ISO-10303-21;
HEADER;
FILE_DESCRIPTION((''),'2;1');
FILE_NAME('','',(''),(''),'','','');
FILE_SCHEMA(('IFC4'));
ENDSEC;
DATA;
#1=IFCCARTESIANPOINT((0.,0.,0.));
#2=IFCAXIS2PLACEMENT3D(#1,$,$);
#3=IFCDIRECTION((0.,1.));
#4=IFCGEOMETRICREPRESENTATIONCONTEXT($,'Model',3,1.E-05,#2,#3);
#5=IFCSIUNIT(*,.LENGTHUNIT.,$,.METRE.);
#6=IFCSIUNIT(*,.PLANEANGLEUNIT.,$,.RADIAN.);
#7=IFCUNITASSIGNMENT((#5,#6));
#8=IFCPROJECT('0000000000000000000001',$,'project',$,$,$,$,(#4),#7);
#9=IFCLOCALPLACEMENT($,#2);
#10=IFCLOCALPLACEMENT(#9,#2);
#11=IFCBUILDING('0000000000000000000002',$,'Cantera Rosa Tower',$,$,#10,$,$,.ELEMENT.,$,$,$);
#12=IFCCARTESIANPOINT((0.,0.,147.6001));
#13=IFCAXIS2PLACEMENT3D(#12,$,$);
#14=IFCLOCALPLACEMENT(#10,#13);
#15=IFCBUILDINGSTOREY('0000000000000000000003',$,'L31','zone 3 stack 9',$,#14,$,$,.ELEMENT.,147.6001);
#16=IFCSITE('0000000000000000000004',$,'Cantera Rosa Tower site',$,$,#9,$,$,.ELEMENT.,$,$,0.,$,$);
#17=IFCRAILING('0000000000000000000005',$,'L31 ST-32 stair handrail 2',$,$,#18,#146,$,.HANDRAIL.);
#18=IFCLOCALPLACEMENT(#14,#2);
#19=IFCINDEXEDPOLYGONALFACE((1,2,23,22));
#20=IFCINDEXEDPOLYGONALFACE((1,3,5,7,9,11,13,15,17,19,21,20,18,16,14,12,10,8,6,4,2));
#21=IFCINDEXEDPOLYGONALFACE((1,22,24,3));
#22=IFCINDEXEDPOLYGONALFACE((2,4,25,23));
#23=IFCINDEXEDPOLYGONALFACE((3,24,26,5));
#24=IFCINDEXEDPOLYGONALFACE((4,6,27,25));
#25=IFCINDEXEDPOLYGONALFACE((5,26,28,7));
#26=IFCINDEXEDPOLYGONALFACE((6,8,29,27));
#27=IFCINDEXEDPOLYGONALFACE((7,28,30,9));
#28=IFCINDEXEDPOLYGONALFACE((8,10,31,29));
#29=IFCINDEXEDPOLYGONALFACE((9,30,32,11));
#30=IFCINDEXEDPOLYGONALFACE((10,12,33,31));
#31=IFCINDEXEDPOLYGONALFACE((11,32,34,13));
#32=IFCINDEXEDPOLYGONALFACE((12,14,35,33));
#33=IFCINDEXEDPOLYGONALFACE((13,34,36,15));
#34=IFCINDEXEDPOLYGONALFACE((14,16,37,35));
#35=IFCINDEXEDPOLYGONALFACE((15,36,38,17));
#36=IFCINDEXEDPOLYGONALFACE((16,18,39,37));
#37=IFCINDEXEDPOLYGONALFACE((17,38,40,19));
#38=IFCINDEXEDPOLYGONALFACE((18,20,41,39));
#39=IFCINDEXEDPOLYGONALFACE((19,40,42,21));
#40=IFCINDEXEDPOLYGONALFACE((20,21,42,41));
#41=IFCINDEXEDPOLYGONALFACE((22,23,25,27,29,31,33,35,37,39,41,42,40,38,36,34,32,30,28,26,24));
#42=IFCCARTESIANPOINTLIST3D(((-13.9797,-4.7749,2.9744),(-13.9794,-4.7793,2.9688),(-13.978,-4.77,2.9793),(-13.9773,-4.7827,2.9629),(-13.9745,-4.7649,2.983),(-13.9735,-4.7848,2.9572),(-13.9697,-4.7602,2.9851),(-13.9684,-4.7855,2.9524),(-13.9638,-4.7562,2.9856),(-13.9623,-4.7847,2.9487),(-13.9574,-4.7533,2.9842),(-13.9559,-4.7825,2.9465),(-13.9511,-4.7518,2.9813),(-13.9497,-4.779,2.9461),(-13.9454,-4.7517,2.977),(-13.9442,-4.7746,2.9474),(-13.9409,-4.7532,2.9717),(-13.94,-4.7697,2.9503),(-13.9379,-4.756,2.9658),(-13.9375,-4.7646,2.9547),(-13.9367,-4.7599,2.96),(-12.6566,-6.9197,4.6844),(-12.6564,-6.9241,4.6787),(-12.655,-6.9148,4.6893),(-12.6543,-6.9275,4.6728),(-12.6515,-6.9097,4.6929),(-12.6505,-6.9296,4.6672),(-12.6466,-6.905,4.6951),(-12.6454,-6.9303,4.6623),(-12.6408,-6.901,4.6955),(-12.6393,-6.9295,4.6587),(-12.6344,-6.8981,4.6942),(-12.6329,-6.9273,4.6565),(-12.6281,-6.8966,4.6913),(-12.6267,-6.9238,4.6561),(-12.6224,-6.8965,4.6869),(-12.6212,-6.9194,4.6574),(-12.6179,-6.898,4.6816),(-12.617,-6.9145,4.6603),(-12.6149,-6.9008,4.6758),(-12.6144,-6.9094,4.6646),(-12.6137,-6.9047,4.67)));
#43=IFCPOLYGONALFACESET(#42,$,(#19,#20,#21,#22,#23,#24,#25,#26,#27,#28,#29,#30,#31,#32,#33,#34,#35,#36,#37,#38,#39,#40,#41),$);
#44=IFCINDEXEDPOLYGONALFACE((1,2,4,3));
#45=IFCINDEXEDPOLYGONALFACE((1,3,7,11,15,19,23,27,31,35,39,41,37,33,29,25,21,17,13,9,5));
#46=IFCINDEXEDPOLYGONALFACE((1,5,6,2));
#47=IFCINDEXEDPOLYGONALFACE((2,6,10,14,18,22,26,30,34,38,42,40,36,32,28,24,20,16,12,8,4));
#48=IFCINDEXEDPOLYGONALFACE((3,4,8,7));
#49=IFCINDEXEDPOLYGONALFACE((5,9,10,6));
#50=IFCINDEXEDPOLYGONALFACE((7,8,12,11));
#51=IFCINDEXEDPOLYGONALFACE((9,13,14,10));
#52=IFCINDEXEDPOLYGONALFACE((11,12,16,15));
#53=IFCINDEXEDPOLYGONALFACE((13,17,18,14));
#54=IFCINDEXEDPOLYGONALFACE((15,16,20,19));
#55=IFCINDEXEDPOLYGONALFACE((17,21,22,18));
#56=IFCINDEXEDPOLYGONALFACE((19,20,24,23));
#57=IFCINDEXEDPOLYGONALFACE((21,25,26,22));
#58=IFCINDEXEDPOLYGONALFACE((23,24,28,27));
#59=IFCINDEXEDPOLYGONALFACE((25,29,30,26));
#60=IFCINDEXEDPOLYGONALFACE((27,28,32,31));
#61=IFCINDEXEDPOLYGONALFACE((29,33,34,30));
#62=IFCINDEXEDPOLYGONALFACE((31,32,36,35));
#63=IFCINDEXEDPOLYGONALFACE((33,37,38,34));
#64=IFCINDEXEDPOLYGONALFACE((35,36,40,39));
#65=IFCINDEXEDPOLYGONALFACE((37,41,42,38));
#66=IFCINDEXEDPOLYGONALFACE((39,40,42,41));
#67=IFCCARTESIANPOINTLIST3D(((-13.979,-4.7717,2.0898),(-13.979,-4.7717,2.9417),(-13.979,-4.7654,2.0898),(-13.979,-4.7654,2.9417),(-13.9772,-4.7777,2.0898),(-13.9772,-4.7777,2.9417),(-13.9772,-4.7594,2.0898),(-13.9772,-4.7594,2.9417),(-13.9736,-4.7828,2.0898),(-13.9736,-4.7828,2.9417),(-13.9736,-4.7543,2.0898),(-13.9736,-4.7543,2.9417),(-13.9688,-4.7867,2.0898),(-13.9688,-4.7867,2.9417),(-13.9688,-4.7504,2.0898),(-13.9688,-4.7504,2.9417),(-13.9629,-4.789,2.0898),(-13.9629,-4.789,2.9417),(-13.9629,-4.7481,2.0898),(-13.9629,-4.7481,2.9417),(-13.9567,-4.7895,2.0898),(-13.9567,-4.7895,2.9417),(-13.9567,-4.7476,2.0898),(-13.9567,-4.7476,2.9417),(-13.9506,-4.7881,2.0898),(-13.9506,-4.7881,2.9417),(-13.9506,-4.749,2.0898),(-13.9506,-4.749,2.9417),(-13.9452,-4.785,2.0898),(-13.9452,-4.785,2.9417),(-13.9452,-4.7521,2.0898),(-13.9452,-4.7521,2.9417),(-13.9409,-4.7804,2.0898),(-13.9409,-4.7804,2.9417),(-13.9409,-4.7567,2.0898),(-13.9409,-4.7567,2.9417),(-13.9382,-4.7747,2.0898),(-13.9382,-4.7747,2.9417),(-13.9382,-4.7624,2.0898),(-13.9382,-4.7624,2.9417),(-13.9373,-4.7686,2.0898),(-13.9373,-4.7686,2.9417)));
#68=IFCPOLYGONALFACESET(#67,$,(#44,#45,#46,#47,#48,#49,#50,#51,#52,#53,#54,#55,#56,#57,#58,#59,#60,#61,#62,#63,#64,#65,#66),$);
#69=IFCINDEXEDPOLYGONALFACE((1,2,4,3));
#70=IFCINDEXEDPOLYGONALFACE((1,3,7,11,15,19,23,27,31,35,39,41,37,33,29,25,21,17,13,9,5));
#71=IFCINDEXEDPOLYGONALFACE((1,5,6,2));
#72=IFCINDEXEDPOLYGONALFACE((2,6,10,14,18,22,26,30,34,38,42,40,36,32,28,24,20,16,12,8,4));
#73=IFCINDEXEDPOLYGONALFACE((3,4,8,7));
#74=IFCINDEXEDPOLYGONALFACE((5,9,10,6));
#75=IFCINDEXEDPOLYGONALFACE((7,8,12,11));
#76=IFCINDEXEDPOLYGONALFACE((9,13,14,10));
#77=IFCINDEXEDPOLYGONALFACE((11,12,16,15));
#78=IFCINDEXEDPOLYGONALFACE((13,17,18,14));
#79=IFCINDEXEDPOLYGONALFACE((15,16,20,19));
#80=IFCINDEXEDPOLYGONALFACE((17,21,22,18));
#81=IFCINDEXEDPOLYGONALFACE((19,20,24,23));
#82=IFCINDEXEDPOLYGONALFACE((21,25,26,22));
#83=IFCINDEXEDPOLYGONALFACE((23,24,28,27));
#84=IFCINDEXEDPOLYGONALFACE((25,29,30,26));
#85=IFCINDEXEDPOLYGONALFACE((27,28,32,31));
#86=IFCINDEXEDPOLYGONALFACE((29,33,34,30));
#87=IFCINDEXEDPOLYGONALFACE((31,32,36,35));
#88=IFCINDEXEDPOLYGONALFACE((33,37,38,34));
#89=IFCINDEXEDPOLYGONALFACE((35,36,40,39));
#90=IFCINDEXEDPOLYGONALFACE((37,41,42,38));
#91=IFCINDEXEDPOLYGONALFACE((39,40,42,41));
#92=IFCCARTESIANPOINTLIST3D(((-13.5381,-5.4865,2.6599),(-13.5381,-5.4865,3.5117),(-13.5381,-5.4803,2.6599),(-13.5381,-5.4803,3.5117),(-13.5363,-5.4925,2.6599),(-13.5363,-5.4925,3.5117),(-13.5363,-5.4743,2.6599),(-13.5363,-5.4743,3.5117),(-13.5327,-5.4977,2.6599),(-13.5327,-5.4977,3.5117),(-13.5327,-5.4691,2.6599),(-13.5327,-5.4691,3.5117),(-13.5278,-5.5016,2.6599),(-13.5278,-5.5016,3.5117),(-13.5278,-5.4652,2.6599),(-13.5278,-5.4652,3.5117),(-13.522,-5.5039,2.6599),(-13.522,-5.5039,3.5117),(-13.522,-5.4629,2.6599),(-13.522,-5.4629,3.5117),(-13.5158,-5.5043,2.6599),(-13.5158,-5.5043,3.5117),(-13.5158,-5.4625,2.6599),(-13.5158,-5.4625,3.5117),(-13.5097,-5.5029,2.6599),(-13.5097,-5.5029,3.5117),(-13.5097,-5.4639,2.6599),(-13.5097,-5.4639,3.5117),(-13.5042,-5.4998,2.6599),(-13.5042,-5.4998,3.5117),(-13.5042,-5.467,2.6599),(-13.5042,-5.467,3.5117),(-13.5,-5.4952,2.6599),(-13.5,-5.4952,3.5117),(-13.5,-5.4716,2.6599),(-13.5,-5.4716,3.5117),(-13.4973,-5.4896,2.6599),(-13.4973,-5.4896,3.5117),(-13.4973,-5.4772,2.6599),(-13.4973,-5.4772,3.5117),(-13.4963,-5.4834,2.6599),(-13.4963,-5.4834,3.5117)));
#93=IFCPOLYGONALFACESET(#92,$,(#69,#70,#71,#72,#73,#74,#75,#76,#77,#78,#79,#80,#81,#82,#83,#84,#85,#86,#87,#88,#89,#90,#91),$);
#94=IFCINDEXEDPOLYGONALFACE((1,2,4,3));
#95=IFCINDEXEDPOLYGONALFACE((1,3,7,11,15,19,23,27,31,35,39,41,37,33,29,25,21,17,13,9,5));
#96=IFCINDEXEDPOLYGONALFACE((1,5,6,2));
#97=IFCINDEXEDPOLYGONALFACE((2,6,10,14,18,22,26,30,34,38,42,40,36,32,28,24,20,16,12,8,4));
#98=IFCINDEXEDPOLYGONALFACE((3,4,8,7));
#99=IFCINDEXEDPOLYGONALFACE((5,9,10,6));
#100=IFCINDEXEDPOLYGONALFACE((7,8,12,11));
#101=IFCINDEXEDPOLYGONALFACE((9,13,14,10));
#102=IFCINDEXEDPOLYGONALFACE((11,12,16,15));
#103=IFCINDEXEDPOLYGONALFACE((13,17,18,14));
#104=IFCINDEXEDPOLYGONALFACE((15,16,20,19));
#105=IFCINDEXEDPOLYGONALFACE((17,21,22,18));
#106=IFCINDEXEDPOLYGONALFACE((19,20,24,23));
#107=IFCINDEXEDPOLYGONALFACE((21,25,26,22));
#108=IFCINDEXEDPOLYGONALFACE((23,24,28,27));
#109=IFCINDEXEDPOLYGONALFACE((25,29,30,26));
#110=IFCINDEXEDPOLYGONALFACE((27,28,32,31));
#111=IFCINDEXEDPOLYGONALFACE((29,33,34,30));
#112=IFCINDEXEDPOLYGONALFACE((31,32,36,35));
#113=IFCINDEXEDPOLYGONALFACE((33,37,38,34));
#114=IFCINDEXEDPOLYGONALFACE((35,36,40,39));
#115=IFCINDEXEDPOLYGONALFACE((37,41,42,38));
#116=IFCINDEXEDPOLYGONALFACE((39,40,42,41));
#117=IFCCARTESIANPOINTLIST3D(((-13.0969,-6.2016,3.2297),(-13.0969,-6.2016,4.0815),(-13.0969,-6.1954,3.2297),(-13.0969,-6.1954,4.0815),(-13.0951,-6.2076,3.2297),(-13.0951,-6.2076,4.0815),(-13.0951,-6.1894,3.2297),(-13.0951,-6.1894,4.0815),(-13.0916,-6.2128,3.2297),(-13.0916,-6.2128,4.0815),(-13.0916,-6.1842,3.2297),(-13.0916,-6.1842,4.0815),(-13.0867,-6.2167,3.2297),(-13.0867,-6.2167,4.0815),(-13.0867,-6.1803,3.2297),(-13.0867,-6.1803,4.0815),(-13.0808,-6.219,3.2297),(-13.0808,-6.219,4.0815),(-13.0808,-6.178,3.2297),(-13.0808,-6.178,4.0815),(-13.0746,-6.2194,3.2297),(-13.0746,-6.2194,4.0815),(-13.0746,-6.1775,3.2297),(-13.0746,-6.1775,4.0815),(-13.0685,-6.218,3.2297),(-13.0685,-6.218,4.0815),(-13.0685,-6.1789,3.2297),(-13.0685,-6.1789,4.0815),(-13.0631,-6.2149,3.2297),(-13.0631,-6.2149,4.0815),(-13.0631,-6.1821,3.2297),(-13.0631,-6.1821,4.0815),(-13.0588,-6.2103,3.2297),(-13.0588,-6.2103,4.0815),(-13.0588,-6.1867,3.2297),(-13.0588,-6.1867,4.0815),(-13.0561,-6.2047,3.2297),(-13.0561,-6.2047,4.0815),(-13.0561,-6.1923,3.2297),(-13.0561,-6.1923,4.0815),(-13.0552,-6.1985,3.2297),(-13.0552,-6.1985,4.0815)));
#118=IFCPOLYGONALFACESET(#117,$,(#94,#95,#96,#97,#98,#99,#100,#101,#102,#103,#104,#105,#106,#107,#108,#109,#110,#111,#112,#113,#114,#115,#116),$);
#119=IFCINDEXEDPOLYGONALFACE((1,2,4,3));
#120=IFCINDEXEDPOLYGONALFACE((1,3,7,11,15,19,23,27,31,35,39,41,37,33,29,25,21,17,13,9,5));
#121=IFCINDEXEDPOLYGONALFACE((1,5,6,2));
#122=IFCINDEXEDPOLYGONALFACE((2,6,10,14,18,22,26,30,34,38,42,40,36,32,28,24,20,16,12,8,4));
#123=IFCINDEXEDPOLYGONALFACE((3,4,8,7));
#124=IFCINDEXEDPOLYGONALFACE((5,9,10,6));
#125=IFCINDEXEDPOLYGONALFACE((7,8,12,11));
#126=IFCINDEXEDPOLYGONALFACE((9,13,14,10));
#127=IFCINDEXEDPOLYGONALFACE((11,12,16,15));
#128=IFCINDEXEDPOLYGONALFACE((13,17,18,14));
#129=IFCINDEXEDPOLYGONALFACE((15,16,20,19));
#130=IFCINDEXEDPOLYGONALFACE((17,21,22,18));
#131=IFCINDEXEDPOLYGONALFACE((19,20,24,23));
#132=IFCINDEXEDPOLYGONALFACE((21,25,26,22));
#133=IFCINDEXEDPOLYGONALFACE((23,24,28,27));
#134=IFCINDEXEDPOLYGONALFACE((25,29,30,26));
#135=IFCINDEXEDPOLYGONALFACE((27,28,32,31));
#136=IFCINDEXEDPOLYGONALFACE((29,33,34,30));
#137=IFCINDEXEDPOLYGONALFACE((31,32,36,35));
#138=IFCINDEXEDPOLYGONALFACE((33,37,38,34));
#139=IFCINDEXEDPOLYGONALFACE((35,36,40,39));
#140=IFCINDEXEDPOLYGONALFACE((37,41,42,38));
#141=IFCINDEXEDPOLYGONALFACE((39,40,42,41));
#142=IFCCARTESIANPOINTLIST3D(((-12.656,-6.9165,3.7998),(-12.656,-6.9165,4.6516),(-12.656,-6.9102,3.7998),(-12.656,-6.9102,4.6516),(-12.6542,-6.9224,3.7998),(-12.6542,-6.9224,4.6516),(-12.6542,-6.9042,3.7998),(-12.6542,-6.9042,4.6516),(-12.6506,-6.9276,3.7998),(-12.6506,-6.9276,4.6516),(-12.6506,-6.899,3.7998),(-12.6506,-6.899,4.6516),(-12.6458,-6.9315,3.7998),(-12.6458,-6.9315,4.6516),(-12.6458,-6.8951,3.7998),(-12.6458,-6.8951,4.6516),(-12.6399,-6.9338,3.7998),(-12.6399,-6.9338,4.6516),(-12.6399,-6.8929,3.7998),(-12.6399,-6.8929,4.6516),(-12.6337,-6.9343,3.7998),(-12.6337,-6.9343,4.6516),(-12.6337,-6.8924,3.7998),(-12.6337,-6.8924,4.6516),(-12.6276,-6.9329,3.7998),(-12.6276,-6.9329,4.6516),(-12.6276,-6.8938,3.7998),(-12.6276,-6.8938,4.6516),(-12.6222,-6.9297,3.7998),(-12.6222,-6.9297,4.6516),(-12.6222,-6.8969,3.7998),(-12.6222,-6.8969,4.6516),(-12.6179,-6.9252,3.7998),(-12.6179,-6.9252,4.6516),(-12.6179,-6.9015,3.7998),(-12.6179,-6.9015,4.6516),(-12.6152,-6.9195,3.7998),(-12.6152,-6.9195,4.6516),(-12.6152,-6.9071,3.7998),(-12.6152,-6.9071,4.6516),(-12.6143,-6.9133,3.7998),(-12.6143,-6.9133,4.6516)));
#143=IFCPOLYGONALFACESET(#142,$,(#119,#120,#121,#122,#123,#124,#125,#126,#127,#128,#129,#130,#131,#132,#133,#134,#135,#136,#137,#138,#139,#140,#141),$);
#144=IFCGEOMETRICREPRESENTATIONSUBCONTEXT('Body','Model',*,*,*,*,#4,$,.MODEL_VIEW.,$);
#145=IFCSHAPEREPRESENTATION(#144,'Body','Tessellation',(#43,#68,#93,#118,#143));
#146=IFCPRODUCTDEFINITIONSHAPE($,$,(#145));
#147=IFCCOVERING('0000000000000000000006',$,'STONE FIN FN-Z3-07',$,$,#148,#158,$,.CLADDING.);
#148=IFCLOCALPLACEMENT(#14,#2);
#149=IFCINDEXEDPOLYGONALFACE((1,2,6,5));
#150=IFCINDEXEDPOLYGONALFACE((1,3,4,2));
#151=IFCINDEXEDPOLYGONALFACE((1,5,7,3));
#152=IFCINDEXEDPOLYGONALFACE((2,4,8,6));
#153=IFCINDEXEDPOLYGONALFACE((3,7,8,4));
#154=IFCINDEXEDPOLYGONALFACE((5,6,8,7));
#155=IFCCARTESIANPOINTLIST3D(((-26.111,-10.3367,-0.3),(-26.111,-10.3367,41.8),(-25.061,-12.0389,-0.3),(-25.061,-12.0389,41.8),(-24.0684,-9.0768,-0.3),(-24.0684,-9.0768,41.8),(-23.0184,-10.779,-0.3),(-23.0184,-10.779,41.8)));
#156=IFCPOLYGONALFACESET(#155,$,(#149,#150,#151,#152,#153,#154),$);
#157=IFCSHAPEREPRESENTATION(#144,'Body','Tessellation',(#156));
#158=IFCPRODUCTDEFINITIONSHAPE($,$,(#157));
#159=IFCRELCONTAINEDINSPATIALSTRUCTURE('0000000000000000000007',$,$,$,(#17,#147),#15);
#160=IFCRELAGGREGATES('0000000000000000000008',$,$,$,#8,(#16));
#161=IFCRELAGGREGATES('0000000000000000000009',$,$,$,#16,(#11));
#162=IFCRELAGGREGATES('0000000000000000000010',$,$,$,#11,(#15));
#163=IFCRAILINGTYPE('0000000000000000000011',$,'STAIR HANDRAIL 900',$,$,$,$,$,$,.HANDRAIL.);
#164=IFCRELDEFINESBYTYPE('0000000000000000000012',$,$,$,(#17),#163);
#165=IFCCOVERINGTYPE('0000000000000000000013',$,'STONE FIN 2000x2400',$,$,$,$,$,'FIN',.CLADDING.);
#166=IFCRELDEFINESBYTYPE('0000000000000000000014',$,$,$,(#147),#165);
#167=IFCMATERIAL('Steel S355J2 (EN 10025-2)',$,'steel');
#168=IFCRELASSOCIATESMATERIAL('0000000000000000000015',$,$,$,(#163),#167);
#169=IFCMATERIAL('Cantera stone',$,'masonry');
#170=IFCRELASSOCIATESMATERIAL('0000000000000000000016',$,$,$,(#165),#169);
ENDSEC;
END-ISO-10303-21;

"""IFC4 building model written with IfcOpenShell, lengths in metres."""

from ifc_helpers import new_model, si_unit, direction, frame, origin, origin_2d, place, context, subcontext, project, spatial, rectangle, circle, extrude, material, type_object, element, save


model = new_model("IFC4")

# Units and contexts
model_context = context("Model", 3, precision=1e-05, world=origin(), true_north=direction((0.0, 1.0)))
body_context = subcontext(model_context, "Body", "Model", "MODEL_VIEW")
ifc_project = project(units=[si_unit("LENGTHUNIT", "METRE"), si_unit("PLANEANGLEUNIT", "RADIAN")], contexts=[model_context])

# Site, building, storey
site_placement = place(None, origin())
site = spatial("IfcSite", under=ifc_project, at=site_placement, Name="Cantera Rosa Tower site", CompositionType="ELEMENT", RefElevation=0.0)
building_placement = place(site_placement, origin())
building = spatial("IfcBuilding", under=site, at=building_placement, Name="Cantera Rosa Tower", CompositionType="ELEMENT")
storey_placement = place(building_placement, frame((0.0, 0.0, 147.6001)))
storey = spatial("IfcBuildingStorey", under=building, at=storey_placement, Name="L31", Description="zone 3 stack 9", CompositionType="ELEMENT", Elevation=147.6001)

# Railing
ifc_material_1 = material(Name="Steel S355J2 (EN 10025-2)", Category="steel")
railing_type_1 = type_object("IfcRailingType", Name="STAIR HANDRAIL 900", PredefinedType="HANDRAIL", material=ifc_material_1)
railing_1_placement = place(storey_placement, frame((-13.9583, -4.7686, 2.0898)))
element("IfcRailing", 1, at=railing_1_placement, inside=storey, type_object=railing_type_1, Name="L31 ST-32 stair handrail 2", PredefinedType="HANDRAIL", context=body_context, shape_type="SweptSolid", body=[
    extrude(circle(Radius=0.0239, at=origin_2d()), frame((0.0, 0.0, 0.876), z_axis=(0.434428, -0.704271, 0.561493), x_axis=(0.851102, 0.525, 0.0)), (0.0, 0.0, 1.0), 3.0454),
    extrude(circle(Radius=0.021, at=origin_2d()), origin(), (0.0, 0.0, 1.0), 0.8518),
    extrude(circle(Radius=0.021, at=origin_2d()), frame((0.4409, -0.7148, 0.5701)), (0.0, 0.0, 1.0), 0.8518),
    extrude(circle(Radius=0.021, at=origin_2d()), frame((0.8821, -1.4299, 1.1399)), (0.0, 0.0, 1.0), 0.8518),
    extrude(circle(Radius=0.021, at=origin_2d()), frame((1.323, -2.1448, 1.71)), (0.0, 0.0, 1.0), 0.8518),
])

# Covering
ifc_material_2 = material(Name="Cantera stone", Category="masonry")
covering_type = type_object("IfcCoveringType", Name="STONE FIN 2000x2400", ElementType="FIN", PredefinedType="CLADDING", material=ifc_material_2)
covering_placement = place(storey_placement, frame((-24.5647, -10.5579, -0.3), z_axis=(0.0, 0.0, 1.0), x_axis=(0.524977, -0.851117, 0.0)))
element("IfcCovering", 2, at=covering_placement, inside=storey, type_object=covering_type, Name="STONE FIN FN-Z3-07", PredefinedType="CLADDING", context=body_context, shape_type="SweptSolid", body=[
    extrude(rectangle(XDim=2.0, YDim=2.3999, at=origin_2d()), origin(), (0.0, 0.0, 1.0), 42.1001),
])

save(model, "model.ifc")
